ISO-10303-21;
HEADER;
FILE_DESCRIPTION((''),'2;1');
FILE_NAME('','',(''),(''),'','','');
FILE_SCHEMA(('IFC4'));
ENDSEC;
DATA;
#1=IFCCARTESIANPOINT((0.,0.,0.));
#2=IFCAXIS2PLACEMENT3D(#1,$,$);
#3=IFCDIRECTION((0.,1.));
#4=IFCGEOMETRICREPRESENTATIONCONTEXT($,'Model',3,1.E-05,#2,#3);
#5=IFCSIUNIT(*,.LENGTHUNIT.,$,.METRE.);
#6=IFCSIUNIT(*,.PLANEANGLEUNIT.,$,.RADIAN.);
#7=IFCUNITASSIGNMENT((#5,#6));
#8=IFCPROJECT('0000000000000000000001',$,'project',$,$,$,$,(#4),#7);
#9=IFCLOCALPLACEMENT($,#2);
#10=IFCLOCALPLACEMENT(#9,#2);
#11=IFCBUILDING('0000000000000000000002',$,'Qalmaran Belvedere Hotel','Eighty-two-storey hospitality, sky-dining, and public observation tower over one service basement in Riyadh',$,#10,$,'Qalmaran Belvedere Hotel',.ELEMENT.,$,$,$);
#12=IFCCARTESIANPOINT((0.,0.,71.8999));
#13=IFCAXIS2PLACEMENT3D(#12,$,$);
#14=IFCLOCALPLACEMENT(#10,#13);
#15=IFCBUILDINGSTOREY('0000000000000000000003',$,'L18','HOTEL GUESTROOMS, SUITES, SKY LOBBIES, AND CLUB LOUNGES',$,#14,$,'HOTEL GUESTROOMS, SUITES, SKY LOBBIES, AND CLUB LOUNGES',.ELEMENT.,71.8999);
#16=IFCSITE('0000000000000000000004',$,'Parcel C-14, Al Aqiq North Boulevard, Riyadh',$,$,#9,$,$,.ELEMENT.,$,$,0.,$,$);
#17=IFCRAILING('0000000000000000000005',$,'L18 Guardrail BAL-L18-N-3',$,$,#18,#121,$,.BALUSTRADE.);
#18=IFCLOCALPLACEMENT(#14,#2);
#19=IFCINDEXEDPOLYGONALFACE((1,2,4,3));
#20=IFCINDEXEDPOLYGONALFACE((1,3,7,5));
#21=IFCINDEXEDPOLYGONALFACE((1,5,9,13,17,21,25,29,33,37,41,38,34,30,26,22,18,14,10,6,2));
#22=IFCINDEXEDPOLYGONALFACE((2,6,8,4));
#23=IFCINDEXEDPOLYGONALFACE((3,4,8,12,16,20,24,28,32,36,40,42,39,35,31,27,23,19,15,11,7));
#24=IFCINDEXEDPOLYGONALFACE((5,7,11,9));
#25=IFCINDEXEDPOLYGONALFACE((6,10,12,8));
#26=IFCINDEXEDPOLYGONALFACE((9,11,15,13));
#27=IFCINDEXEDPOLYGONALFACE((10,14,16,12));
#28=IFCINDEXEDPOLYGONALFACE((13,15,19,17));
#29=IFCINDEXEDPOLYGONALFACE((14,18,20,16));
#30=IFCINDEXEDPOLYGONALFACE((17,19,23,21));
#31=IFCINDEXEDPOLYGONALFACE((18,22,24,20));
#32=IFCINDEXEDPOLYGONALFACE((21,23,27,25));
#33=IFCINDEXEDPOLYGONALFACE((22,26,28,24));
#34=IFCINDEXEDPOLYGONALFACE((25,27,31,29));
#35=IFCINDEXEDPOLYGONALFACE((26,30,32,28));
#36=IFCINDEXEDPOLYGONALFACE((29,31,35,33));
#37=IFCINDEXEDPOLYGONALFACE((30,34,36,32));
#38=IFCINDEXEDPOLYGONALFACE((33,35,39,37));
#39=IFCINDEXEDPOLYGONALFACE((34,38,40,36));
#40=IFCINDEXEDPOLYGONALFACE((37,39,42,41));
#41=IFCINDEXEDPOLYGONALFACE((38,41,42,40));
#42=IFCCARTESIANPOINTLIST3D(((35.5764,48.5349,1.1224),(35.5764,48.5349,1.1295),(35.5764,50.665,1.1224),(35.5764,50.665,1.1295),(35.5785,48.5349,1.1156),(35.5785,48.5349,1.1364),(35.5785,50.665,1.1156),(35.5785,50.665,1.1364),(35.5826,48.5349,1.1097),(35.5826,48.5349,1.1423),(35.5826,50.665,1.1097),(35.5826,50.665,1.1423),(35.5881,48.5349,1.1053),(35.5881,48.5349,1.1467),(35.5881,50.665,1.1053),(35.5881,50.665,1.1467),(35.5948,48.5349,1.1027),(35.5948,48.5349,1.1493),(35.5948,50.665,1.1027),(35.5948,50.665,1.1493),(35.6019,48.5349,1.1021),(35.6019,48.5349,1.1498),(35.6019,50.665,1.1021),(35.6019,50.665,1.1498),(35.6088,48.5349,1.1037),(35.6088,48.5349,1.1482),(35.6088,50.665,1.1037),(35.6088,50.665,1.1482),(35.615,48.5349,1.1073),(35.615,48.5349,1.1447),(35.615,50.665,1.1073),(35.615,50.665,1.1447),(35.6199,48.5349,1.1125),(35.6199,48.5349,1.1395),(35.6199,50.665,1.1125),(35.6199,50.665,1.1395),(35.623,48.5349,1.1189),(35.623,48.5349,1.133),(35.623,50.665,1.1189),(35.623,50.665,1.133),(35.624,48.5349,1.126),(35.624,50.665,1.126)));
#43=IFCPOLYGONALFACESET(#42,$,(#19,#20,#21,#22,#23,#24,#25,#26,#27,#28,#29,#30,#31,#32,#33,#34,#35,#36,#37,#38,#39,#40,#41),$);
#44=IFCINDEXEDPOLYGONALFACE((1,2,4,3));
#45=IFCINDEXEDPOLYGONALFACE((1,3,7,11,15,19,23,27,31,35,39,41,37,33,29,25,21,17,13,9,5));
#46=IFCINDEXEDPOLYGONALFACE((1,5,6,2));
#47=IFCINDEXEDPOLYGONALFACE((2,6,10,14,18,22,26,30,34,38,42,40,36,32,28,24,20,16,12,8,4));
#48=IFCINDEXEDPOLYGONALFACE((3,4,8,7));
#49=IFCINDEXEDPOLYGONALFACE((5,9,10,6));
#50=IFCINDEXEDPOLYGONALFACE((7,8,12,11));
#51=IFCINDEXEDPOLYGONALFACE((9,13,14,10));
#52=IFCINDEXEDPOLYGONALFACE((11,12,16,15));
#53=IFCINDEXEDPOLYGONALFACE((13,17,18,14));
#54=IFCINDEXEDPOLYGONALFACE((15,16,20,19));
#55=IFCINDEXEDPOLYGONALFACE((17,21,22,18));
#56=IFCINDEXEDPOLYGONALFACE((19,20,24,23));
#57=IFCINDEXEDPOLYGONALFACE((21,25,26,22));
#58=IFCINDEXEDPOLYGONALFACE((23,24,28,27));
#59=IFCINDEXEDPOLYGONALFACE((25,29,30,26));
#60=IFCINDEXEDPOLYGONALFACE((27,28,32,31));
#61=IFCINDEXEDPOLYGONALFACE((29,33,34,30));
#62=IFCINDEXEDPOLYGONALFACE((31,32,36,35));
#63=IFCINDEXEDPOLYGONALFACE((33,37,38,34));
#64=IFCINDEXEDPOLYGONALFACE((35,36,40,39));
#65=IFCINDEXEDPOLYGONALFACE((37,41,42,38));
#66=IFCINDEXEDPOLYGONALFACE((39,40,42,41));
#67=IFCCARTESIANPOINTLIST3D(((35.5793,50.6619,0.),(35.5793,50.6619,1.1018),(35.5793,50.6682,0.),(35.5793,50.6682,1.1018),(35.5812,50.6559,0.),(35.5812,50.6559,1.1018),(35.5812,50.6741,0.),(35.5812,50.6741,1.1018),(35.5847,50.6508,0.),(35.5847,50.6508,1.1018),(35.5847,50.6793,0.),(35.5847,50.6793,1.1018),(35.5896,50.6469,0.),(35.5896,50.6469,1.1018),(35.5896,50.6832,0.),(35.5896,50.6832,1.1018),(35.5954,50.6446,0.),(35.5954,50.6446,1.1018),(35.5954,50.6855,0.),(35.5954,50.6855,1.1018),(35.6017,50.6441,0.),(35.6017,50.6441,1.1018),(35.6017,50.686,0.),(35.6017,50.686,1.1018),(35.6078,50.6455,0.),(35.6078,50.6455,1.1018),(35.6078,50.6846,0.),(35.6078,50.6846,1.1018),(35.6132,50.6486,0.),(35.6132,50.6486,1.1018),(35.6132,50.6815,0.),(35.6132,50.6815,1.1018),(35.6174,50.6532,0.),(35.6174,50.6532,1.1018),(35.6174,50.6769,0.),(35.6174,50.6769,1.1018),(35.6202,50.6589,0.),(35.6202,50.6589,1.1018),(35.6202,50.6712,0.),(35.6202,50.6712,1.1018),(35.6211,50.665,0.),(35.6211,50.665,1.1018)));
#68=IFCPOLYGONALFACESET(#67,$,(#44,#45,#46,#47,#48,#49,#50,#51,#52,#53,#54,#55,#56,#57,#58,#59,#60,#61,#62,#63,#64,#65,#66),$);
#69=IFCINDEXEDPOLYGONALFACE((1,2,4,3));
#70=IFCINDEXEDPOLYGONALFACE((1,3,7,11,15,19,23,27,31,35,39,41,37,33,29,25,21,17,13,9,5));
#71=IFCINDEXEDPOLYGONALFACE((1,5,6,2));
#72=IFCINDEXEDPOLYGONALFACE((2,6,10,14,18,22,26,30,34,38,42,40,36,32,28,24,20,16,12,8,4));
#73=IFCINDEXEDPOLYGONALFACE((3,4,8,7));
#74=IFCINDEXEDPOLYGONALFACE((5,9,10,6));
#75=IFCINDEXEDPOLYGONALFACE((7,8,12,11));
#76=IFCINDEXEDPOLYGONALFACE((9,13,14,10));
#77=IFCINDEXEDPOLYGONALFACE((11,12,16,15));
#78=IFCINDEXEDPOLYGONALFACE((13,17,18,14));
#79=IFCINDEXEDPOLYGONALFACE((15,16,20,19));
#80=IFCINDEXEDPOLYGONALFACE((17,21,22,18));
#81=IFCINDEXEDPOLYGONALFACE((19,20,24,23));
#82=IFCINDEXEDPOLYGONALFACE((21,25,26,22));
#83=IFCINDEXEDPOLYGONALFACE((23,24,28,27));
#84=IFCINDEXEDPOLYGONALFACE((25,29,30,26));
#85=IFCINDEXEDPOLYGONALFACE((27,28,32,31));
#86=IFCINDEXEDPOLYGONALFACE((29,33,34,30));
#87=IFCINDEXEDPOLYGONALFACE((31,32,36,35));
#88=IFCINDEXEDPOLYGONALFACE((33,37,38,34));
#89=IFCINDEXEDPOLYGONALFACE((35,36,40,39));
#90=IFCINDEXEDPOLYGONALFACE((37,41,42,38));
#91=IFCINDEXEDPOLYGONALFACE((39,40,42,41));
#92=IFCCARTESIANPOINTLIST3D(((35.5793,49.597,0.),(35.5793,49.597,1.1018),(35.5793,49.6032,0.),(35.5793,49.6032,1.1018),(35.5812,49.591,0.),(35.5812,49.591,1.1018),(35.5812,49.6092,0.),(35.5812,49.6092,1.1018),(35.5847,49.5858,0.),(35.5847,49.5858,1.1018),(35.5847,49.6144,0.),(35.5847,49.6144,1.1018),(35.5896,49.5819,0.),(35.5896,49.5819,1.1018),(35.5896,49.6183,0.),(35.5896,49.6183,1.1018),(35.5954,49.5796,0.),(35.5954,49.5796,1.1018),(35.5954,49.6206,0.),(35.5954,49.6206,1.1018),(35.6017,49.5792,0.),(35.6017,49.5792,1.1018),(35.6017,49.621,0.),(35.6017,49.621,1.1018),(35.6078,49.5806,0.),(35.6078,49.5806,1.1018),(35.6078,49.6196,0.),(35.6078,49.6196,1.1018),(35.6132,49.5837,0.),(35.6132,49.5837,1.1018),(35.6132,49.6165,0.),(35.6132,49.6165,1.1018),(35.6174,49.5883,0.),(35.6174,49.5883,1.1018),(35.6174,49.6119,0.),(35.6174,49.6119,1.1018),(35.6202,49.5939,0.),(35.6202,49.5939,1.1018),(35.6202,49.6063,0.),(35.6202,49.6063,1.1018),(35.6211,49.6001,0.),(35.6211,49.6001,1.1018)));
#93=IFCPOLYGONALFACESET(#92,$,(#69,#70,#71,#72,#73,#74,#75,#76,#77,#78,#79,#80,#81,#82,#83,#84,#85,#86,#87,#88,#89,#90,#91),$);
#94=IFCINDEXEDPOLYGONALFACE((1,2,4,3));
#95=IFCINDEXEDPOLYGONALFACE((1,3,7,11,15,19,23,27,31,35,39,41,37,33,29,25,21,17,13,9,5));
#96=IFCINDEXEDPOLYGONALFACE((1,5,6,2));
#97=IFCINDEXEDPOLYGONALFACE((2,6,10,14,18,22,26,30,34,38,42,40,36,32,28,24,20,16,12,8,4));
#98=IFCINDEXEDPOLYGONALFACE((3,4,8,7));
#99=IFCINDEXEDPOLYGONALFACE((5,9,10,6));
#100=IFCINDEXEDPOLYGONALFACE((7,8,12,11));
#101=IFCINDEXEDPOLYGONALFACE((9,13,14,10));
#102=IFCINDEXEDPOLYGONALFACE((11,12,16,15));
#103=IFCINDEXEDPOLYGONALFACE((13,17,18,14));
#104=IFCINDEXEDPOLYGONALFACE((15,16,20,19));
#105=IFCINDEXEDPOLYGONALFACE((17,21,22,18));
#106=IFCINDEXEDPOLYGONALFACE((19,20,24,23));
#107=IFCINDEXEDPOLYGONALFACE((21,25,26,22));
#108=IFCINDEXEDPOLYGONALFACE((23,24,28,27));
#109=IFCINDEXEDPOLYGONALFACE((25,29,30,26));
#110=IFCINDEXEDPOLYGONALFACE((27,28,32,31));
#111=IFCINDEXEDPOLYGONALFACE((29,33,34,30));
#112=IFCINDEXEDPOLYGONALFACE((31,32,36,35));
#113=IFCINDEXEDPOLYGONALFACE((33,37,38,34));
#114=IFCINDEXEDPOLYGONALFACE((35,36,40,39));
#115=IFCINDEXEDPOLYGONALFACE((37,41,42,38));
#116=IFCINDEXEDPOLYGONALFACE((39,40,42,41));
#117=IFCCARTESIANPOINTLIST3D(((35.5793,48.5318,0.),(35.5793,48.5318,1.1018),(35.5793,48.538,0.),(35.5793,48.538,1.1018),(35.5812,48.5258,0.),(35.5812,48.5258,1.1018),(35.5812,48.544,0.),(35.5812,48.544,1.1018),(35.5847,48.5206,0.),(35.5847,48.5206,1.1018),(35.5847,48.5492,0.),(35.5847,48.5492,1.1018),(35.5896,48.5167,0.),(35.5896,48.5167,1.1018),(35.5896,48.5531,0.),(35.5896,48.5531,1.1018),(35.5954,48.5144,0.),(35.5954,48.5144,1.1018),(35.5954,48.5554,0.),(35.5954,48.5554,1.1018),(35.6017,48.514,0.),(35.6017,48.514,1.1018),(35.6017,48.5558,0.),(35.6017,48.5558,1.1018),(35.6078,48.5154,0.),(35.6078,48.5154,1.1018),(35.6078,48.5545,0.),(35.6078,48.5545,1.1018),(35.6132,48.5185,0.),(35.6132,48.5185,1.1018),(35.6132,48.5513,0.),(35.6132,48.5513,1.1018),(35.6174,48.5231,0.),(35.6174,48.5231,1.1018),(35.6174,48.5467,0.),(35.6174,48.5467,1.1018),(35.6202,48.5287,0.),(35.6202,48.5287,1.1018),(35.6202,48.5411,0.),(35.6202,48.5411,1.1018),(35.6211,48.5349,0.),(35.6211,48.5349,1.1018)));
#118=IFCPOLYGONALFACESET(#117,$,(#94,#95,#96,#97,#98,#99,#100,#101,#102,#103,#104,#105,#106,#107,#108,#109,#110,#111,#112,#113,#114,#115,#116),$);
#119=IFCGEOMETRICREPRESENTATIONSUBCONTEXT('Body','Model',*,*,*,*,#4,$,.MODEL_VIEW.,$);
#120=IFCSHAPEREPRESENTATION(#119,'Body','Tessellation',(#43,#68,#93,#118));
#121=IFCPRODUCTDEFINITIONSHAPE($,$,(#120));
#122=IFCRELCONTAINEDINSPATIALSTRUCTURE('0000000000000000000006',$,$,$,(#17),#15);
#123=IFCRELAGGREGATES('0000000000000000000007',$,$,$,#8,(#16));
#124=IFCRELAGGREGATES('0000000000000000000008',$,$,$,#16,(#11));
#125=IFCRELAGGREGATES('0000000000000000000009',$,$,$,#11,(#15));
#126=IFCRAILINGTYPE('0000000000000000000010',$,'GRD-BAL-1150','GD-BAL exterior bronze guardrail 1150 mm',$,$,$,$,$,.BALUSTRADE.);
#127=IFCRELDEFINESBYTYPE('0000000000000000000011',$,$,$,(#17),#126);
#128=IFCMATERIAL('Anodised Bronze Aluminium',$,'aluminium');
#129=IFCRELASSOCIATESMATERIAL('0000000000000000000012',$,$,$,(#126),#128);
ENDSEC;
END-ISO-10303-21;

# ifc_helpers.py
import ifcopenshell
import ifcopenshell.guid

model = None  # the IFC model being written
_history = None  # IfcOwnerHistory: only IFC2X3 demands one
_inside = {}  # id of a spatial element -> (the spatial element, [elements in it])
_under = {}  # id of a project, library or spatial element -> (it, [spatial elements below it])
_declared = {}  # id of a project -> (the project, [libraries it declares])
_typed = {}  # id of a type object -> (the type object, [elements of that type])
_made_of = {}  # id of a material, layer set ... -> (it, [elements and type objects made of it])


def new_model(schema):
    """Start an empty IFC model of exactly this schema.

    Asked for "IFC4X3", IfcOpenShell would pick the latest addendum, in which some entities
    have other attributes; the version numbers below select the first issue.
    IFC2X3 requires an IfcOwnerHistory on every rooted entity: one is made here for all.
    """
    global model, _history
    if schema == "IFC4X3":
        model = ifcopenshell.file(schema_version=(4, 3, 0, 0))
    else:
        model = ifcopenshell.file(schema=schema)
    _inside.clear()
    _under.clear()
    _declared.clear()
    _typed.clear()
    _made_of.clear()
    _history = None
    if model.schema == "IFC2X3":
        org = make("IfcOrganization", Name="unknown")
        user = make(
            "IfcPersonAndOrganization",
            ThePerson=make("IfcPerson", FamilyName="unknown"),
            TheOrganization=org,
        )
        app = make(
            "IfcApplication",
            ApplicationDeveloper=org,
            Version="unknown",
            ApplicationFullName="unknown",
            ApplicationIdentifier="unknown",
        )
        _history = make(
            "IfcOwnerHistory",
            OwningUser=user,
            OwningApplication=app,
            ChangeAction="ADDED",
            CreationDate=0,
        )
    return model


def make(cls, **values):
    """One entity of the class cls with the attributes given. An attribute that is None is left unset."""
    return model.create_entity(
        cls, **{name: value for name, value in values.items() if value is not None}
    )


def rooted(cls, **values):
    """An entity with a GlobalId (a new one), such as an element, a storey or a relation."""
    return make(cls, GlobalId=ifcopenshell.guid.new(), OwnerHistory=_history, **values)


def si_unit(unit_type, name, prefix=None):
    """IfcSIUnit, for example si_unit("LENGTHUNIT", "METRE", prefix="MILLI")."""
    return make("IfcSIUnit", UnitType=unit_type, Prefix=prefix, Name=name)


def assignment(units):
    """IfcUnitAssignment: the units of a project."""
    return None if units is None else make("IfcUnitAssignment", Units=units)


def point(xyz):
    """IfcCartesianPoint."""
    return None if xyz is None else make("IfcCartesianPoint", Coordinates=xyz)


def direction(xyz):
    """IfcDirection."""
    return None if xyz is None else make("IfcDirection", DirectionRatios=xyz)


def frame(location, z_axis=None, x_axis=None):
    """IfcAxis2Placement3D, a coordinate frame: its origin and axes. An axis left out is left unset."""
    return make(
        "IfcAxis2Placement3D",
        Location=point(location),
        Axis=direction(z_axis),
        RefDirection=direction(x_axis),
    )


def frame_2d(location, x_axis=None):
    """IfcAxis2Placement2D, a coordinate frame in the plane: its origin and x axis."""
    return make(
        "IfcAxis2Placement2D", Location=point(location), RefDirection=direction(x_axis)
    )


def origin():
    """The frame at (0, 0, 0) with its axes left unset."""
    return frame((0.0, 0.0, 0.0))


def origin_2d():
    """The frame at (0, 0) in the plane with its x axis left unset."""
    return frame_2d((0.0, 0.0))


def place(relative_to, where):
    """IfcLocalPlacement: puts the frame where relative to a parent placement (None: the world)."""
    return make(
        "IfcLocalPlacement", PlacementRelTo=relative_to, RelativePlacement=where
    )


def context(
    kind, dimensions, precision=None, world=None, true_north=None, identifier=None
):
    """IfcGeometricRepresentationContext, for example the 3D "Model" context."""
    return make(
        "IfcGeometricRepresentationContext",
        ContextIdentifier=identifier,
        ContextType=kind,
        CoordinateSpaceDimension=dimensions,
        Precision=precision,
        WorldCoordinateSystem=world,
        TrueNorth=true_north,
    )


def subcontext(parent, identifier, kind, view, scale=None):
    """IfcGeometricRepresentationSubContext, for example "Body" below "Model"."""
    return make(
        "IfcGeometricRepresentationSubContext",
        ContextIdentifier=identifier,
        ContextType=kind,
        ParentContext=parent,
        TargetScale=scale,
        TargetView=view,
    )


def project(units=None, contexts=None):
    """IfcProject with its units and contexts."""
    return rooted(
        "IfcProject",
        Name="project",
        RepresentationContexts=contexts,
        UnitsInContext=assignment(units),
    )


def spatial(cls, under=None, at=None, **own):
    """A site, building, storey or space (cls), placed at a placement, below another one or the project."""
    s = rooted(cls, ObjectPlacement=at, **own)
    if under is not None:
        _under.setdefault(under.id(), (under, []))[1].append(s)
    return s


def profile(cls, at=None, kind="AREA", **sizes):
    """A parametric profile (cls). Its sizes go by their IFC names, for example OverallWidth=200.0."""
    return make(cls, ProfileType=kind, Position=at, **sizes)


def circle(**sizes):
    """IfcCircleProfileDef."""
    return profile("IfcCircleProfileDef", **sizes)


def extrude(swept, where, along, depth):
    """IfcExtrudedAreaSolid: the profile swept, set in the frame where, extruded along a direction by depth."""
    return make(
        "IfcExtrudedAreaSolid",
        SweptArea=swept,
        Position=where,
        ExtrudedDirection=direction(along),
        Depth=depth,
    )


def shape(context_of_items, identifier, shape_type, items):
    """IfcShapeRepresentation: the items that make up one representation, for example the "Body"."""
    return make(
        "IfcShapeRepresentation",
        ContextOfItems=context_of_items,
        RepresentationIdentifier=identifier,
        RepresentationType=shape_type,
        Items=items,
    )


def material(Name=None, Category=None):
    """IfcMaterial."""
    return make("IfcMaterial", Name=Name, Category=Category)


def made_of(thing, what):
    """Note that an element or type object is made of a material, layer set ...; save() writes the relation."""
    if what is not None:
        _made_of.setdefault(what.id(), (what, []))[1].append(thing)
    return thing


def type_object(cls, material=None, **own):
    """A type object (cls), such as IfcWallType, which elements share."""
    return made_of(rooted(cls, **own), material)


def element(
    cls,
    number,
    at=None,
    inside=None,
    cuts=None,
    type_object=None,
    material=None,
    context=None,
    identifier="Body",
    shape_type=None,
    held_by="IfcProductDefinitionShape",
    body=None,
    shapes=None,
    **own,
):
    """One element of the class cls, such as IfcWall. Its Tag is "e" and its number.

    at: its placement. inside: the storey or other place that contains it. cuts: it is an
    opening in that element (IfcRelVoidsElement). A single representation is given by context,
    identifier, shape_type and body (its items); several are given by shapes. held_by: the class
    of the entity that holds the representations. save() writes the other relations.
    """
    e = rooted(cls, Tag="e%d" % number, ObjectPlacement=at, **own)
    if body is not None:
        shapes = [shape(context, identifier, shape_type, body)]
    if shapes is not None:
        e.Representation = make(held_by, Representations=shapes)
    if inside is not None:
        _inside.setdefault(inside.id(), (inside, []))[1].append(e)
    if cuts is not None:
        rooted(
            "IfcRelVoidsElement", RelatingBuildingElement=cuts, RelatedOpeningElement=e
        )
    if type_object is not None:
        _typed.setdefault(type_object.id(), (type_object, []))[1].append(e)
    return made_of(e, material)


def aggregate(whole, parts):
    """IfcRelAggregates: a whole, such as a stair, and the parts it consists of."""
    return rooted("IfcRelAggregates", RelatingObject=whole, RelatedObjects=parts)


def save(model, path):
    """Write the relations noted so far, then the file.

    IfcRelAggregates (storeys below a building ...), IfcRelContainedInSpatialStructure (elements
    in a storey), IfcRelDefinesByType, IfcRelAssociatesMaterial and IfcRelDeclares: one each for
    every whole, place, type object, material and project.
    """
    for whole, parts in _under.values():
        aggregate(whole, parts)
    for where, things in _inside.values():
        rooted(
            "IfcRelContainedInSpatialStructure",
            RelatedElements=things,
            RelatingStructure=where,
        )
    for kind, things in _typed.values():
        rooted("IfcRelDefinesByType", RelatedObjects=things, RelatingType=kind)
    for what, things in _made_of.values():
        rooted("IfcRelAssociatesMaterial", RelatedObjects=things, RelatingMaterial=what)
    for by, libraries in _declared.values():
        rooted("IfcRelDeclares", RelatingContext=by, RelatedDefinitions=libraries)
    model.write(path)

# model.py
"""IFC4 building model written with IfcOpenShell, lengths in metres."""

from ifc_helpers import new_model, si_unit, direction, frame, origin, origin_2d, place, context, subcontext, project, spatial, circle, extrude, material, type_object, element, save


model = new_model("IFC4")

# Units and contexts
model_context = context("Model", 3, precision=1e-05, world=origin(), true_north=direction((0.0, 1.0)))
body_context = subcontext(model_context, "Body", "Model", "MODEL_VIEW")
ifc_project = project(units=[si_unit("LENGTHUNIT", "METRE"), si_unit("PLANEANGLEUNIT", "RADIAN")], contexts=[model_context])

# Site, building, storey
site_placement = place(None, origin())
site = spatial("IfcSite", under=ifc_project, at=site_placement, Name="Parcel C-14, Al Aqiq North Boulevard, Riyadh", CompositionType="ELEMENT", RefElevation=0.0)
building_placement = place(site_placement, origin())
building = spatial("IfcBuilding", under=site, at=building_placement, Name="Qalmaran Belvedere Hotel", Description="Eighty-two-storey hospitality, sky-dining, and public observation tower over one service basement in Riyadh", LongName="Qalmaran Belvedere Hotel", CompositionType="ELEMENT")
storey_placement = place(building_placement, frame((0.0, 0.0, 71.8999)))
storey = spatial("IfcBuildingStorey", under=building, at=storey_placement, Name="L18", Description="HOTEL GUESTROOMS, SUITES, SKY LOBBIES, AND CLUB LOUNGES", LongName="HOTEL GUESTROOMS, SUITES, SKY LOBBIES, AND CLUB LOUNGES", CompositionType="ELEMENT", Elevation=71.8999)

# Shared definitions
ifc_material_1 = material(Name="Anodised Bronze Aluminium", Category="aluminium")

# Railing
railing_type = type_object("IfcRailingType", Name="GRD-BAL-1150", Description="GD-BAL exterior bronze guardrail 1150 mm", PredefinedType="BALUSTRADE", material=ifc_material_1)
railing_1_placement = place(storey_placement, frame((35.6001, 50.665, 0.0)))
element("IfcRailing", 1, at=railing_1_placement, inside=storey, type_object=railing_type, Name="L18 Guardrail BAL-L18-N-3", PredefinedType="BALUSTRADE", context=body_context, shape_type="SweptSolid", body=[
    extrude(circle(Radius=0.0239, at=origin_2d()), frame((0.0, 0.0, 1.126), z_axis=(0.0, -1.0, 0.0), x_axis=(1.0, 0.0, 0.0)), (0.0, 0.0, 1.0), 2.1301),
    extrude(circle(Radius=0.021, at=origin_2d()), origin(), (0.0, 0.0, 1.0), 1.1018),
    extrude(circle(Radius=0.021, at=origin_2d()), frame((0.0, -1.0649, 0.0)), (0.0, 0.0, 1.0), 1.1018),
    extrude(circle(Radius=0.021, at=origin_2d()), frame((0.0, -2.1301, 0.0)), (0.0, 0.0, 1.0), 1.1018),
])

save(model, "model.ifc")
